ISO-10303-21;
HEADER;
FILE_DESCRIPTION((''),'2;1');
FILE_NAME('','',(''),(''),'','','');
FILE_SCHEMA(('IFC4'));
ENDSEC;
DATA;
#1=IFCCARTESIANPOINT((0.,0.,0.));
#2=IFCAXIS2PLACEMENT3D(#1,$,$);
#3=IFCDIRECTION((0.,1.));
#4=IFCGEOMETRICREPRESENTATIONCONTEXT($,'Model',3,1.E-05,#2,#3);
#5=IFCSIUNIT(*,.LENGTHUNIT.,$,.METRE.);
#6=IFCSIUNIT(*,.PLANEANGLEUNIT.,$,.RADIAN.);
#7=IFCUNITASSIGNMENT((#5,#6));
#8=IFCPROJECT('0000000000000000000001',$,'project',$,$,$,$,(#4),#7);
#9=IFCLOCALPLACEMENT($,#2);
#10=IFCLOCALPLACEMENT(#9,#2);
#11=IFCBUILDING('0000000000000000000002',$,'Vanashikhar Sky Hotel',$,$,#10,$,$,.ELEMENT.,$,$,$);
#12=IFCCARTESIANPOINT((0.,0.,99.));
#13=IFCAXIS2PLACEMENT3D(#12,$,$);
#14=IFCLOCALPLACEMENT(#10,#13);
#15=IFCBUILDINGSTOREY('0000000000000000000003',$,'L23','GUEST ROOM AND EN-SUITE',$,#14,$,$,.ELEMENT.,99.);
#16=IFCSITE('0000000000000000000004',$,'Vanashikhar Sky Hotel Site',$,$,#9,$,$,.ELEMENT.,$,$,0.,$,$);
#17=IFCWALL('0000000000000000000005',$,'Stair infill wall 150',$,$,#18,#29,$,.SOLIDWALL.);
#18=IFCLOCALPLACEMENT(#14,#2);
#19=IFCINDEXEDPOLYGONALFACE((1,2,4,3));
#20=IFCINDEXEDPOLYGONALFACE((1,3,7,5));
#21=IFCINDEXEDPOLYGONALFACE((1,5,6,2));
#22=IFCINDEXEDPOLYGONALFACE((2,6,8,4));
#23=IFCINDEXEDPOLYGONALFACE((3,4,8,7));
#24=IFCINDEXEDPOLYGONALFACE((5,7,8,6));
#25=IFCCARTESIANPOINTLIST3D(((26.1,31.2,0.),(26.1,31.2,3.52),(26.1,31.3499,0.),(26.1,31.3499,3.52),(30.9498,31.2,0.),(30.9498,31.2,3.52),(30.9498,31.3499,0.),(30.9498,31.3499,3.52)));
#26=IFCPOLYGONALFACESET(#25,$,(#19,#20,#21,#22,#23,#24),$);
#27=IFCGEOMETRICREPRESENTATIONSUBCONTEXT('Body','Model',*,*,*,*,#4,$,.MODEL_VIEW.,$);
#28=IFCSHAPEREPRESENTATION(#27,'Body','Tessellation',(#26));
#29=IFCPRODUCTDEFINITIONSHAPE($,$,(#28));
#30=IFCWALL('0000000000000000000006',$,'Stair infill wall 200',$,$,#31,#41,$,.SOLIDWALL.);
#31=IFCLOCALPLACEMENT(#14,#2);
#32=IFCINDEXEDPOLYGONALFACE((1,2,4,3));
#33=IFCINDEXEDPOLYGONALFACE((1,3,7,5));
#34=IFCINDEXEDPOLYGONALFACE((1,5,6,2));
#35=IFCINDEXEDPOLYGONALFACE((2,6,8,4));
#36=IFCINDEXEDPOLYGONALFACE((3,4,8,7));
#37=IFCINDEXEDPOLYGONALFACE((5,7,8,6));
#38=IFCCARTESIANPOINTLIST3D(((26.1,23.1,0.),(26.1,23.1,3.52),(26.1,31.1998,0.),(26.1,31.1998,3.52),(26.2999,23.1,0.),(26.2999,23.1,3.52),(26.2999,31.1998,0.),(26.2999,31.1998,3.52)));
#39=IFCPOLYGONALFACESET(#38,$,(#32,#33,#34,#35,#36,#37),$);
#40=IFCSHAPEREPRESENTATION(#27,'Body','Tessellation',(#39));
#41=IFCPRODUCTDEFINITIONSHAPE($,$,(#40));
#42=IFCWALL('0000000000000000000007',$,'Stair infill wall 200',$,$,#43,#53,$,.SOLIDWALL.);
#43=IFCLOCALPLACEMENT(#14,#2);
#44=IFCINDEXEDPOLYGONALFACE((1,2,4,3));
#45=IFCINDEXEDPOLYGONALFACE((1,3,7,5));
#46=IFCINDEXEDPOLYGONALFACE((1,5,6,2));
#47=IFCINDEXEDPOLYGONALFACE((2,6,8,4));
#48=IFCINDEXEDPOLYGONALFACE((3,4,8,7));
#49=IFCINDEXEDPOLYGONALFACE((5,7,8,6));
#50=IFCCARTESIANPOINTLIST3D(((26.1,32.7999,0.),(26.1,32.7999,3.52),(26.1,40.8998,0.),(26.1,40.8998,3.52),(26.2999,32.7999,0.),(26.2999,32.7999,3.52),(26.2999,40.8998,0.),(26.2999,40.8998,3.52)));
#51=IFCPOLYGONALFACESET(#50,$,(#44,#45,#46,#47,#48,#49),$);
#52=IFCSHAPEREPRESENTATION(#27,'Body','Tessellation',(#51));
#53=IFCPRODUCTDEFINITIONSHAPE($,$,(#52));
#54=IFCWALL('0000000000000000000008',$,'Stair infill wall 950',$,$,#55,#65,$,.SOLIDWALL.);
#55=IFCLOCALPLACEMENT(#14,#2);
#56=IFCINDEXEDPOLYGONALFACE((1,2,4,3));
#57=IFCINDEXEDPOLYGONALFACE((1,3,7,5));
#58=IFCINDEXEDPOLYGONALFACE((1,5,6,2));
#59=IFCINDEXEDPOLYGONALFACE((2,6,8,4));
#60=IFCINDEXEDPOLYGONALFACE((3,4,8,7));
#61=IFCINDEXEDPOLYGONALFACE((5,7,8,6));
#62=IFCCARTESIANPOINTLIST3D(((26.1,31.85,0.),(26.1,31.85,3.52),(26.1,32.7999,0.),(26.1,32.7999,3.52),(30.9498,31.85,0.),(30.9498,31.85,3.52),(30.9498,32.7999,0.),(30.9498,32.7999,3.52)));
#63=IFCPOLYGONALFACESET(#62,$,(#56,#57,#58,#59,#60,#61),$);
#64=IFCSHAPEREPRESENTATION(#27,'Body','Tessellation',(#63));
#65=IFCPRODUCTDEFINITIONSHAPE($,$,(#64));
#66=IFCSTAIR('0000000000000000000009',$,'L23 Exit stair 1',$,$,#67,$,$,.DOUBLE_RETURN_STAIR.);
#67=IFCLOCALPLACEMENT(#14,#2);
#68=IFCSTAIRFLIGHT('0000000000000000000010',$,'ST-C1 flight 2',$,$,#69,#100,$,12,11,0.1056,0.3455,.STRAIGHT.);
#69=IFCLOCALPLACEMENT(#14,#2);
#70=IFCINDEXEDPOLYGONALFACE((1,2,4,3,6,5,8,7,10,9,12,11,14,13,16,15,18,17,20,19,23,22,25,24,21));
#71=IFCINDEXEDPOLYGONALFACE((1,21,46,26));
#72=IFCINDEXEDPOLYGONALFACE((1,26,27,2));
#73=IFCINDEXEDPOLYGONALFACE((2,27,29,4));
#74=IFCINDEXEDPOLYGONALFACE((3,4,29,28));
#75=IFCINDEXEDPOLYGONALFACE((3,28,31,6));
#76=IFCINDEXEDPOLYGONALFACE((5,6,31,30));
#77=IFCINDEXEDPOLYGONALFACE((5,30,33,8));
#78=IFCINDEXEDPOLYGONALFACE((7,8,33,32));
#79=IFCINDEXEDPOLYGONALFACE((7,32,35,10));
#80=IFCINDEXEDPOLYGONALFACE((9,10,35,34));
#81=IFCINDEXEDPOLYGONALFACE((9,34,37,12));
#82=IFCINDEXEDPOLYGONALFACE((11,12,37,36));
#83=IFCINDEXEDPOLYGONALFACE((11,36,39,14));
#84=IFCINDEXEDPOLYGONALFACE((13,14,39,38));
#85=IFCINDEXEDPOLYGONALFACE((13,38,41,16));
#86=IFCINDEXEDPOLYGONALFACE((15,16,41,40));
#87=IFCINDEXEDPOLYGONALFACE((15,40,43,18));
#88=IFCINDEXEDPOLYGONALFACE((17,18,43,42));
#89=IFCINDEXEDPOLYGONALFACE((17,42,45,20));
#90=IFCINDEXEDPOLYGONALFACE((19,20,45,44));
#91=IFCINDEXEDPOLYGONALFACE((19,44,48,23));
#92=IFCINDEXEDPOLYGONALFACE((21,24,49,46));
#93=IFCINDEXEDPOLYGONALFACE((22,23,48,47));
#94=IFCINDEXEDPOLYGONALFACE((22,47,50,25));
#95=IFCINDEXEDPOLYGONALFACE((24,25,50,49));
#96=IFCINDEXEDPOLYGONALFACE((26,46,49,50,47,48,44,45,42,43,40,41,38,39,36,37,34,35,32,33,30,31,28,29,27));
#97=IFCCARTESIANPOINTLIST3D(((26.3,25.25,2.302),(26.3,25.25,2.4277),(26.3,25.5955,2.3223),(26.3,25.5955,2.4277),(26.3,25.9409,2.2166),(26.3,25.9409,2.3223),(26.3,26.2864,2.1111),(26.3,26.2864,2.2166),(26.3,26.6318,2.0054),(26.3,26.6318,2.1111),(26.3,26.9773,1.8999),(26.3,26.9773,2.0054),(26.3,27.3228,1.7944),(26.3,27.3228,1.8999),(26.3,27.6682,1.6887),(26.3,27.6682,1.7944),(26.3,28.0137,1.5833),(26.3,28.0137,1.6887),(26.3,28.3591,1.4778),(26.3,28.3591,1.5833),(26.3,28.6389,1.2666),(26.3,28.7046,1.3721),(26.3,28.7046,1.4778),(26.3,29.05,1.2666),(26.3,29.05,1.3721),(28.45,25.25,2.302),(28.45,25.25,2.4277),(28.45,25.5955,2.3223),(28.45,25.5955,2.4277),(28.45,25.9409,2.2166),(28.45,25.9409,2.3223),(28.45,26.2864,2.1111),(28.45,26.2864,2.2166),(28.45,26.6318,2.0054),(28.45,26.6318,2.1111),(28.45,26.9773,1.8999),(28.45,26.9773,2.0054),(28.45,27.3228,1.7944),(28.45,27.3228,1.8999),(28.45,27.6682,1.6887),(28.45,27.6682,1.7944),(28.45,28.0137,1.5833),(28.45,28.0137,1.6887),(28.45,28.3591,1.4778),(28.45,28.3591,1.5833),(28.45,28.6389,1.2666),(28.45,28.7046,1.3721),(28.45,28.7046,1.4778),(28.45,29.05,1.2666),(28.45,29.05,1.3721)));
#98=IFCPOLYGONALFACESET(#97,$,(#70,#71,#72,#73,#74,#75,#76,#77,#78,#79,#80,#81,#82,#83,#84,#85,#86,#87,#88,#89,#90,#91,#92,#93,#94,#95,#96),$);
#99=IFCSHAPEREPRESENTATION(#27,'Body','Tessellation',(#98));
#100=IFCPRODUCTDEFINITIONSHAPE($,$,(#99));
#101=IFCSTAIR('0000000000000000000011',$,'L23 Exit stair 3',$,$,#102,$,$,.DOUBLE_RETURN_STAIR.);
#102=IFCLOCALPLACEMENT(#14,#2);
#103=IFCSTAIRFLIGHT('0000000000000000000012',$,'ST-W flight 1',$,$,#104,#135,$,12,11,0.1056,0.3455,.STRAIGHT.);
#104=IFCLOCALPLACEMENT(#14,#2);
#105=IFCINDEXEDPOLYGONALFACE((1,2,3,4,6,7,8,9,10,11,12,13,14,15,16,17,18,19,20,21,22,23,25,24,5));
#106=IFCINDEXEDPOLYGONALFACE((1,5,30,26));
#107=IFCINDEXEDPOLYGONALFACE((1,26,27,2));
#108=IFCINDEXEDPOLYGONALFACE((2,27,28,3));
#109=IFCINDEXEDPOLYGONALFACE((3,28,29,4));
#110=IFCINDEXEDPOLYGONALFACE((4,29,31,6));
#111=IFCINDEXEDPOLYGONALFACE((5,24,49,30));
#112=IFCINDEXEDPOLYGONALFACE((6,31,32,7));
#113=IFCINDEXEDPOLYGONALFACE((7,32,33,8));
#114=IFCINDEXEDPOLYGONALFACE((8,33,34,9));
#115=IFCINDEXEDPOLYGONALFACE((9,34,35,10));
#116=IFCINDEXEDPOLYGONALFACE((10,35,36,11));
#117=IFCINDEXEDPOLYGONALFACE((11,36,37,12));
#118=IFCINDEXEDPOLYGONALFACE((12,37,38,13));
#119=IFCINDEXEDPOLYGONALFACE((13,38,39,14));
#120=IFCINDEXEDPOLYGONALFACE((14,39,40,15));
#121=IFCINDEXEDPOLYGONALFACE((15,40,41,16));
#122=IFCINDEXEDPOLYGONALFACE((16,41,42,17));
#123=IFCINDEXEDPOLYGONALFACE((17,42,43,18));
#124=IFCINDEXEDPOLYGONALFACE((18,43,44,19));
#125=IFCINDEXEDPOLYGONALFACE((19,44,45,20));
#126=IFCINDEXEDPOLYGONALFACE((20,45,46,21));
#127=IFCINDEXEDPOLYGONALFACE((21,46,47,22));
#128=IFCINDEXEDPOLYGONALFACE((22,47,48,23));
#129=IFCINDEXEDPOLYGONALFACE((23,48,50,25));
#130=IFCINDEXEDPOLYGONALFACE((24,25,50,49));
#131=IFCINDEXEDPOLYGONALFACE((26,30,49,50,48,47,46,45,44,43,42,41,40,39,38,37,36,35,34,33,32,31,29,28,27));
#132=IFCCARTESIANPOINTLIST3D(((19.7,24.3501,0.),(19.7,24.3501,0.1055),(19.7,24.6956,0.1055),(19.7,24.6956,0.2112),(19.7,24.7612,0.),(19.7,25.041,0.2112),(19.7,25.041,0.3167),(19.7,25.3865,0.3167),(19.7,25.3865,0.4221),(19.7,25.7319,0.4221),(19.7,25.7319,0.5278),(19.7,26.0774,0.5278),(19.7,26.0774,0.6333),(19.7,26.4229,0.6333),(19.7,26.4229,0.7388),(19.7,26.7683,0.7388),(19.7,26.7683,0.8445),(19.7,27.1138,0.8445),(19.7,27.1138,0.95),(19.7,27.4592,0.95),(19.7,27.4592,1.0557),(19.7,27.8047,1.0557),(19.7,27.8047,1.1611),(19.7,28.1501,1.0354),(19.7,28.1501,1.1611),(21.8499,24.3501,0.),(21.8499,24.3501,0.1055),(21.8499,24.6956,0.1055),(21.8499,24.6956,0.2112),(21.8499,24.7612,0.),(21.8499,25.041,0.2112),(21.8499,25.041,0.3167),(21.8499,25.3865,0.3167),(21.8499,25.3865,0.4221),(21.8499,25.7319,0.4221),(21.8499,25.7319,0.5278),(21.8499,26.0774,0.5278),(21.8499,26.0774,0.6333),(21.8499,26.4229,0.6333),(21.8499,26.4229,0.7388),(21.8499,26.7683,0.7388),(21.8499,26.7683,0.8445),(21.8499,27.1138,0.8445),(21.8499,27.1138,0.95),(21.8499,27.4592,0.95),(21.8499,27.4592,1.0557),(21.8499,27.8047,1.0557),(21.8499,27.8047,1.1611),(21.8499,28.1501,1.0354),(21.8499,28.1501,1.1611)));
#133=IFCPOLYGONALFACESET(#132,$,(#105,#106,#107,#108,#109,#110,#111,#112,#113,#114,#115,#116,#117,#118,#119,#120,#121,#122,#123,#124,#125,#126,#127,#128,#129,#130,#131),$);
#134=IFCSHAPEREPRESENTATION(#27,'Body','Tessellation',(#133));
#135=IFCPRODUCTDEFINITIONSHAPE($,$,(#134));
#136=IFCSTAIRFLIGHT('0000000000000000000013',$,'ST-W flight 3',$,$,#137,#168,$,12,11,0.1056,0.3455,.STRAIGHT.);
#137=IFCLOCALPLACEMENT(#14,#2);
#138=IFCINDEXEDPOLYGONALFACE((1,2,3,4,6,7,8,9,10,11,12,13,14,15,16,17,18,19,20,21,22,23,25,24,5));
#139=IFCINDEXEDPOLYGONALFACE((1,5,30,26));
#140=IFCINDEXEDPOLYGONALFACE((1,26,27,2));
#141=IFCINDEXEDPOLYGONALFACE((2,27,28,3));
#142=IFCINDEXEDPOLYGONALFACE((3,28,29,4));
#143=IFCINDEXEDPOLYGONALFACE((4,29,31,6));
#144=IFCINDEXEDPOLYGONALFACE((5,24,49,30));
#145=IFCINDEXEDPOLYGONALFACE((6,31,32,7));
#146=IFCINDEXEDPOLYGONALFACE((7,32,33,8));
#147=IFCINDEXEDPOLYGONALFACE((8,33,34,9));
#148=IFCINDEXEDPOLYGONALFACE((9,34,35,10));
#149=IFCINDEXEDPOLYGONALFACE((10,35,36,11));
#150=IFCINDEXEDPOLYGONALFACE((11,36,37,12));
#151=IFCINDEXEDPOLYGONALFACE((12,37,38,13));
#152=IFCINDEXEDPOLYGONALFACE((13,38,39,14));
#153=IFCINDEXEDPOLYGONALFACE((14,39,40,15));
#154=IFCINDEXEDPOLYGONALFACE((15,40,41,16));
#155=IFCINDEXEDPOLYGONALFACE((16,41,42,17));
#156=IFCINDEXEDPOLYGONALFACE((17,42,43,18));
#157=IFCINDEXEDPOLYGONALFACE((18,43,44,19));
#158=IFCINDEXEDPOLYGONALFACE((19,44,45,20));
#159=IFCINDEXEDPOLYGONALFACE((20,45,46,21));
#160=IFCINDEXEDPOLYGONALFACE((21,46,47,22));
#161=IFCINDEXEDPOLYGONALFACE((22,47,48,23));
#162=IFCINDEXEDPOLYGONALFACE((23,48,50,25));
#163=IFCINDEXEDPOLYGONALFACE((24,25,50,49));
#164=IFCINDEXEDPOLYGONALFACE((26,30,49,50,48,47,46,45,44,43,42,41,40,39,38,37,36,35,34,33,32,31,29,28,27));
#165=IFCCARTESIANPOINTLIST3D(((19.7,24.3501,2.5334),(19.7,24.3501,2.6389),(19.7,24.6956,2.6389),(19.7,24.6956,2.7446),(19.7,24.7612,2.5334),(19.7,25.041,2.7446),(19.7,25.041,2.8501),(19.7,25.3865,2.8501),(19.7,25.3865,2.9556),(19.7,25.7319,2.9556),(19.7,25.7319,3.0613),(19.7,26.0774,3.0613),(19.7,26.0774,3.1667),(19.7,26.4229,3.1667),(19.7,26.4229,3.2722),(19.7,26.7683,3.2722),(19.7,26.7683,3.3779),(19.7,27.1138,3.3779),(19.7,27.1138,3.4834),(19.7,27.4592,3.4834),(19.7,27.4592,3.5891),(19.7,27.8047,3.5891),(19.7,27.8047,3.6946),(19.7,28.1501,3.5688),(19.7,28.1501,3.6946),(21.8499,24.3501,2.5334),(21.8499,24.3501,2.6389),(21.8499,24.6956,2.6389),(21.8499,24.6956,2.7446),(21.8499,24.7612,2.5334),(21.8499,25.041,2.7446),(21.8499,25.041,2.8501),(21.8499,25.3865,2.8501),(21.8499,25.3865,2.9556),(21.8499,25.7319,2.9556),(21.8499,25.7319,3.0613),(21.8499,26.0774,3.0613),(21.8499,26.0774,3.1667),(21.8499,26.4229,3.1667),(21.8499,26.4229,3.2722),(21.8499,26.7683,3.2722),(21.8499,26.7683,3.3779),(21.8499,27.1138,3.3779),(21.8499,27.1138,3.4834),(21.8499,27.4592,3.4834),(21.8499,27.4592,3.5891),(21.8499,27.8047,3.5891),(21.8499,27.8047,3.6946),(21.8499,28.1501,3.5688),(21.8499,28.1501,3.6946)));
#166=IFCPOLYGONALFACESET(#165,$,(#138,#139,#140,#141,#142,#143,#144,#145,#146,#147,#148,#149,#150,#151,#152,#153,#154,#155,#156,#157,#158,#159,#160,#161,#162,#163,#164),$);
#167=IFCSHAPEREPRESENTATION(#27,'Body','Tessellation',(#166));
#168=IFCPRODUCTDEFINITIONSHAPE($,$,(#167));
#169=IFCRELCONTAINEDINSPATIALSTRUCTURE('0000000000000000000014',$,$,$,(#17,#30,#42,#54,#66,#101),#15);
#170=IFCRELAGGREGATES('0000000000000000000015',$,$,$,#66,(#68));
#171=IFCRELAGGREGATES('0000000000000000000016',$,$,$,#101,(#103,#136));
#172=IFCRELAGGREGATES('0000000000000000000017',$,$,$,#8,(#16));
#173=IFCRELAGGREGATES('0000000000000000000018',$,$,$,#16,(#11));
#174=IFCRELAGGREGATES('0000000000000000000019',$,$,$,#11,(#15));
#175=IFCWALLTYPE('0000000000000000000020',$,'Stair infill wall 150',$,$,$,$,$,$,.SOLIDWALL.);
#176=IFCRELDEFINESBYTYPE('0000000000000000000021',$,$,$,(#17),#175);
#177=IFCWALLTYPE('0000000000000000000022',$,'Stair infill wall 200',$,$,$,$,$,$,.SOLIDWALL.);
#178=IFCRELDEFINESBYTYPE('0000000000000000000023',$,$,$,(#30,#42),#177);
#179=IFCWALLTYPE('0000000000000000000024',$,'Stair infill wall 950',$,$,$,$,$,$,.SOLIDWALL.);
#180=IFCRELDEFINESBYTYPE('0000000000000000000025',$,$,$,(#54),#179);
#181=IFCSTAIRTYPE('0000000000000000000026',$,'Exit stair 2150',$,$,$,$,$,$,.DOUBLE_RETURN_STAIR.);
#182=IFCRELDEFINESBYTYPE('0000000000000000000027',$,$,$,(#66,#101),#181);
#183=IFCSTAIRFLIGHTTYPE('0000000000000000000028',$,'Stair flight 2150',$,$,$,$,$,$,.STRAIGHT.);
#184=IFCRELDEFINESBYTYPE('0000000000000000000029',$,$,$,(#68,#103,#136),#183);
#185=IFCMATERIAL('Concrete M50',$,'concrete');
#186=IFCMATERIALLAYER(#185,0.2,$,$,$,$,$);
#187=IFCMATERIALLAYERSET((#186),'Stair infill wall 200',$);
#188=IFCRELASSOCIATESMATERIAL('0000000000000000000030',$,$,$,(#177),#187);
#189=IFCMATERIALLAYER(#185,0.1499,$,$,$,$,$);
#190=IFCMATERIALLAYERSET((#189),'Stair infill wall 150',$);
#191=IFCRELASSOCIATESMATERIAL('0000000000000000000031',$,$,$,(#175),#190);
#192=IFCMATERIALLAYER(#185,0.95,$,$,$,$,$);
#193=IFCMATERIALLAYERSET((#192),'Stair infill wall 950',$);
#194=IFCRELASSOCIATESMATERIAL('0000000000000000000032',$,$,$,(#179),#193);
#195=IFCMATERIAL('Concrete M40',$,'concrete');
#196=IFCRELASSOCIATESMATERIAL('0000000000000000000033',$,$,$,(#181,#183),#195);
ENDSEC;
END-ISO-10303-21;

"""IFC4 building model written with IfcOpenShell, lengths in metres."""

from ifc_helpers import new_model, si_unit, direction, frame, frame_2d, origin, place, context, subcontext, project, spatial, polyline, rectangle, outline, extrude, source, transform, mapped, material, layer, layer_set, type_object, element, aggregate, save


model = new_model("IFC4")

# Units and contexts
model_context = context("Model", 3, precision=1e-05, world=origin(), true_north=direction((0.0, 1.0)))
body_context = subcontext(model_context, "Body", "Model", "MODEL_VIEW")
ifc_project = project(units=[si_unit("LENGTHUNIT", "METRE"), si_unit("PLANEANGLEUNIT", "RADIAN")], contexts=[model_context])

# Site, building, storey
site_placement = place(None, origin())
site = spatial("IfcSite", under=ifc_project, at=site_placement, Name="Vanashikhar Sky Hotel Site", CompositionType="ELEMENT", RefElevation=0.0)
building_placement = place(site_placement, origin())
building = spatial("IfcBuilding", under=site, at=building_placement, Name="Vanashikhar Sky Hotel", CompositionType="ELEMENT")
storey_placement = place(building_placement, frame((0.0, 0.0, 99.0)))
storey = spatial("IfcBuildingStorey", under=building, at=storey_placement, Name="L23", Description="GUEST ROOM AND EN-SUITE", CompositionType="ELEMENT", Elevation=99.0)

# Shared definitions
ifc_material_1 = material(Name="Concrete M50", Category="concrete")

# Walls
ifc_layer_1 = layer(ifc_material_1, 0.2)
ifc_layer_set_1 = layer_set([ifc_layer_1], Name="Stair infill wall 200")
wall_type_1 = type_object("IfcWallType", Name="Stair infill wall 200", PredefinedType="SOLIDWALL", material=ifc_layer_set_1)
ifc_layer_2 = layer(ifc_material_1, 0.1499)
ifc_layer_set_2 = layer_set([ifc_layer_2], Name="Stair infill wall 150")
wall_type_2 = type_object("IfcWallType", Name="Stair infill wall 150", PredefinedType="SOLIDWALL", material=ifc_layer_set_2)
shared_shape_1 = source(origin(), body_context, "Body", "SweptSolid", [
    extrude(rectangle(XDim=4.8499, YDim=0.1499, at=frame_2d((2.4248, 0.0))), origin(), (0.0, 0.0, 1.0), 3.52),
])
wall_1_placement = place(storey_placement, frame((26.1001, 31.2749, 0.0), z_axis=(0.0, 0.0, 1.0), x_axis=(1.0, 0.0, 0.0)))
element("IfcWall", 1, at=wall_1_placement, inside=storey, type_object=wall_type_2, Name="Stair infill wall 150", PredefinedType="SOLIDWALL", context=body_context, shape_type="MappedRepresentation", body=[
    mapped(shared_shape_1, transform((0.0, 0.0, 0.0), scale=1.0)),
])
shared_shape_2 = source(origin(), body_context, "Body", "SweptSolid", [
    extrude(rectangle(XDim=8.0999, YDim=0.2, at=frame_2d((4.0498, 0.0))), origin(), (0.0, 0.0, 1.0), 3.52),
])
for number, where, z_axis, x_axis, name in (
    (2, (26.2, 23.1001, 0.0), (0.0, 0.0, 1.0), (0.0, 1.0, 0.0), "Stair infill wall 200"),
    (3, (26.2, 32.8, 0.0), (0.0, 0.0, 1.0), (0.0, 1.0, 0.0), "Stair infill wall 200"),
):
    element("IfcWall", number, at=place(storey_placement, frame(where, z_axis=z_axis, x_axis=x_axis)), inside=storey, type_object=wall_type_1, Name=name, PredefinedType="SOLIDWALL", context=body_context, shape_type="MappedRepresentation", body=[
        mapped(shared_shape_2, transform((0.0, 0.0, 0.0), scale=1.0)),
    ])
ifc_layer_3 = layer(ifc_material_1, 0.95)
ifc_layer_set_3 = layer_set([ifc_layer_3], Name="Stair infill wall 950")
wall_type_3 = type_object("IfcWallType", Name="Stair infill wall 950", PredefinedType="SOLIDWALL", material=ifc_layer_set_3)
shared_shape_3 = source(origin(), body_context, "Body", "SweptSolid", [
    extrude(rectangle(XDim=4.8499, YDim=0.95, at=frame_2d((2.4248, 0.0))), origin(), (0.0, 0.0, 1.0), 3.52),
])
wall_2_placement = place(storey_placement, frame((26.1001, 32.325, 0.0), z_axis=(0.0, 0.0, 1.0), x_axis=(1.0, 0.0, 0.0)))
element("IfcWall", 4, at=wall_2_placement, inside=storey, type_object=wall_type_3, Name="Stair infill wall 950", PredefinedType="SOLIDWALL", context=body_context, shape_type="MappedRepresentation", body=[
    mapped(shared_shape_3, transform((0.0, 0.0, 0.0), scale=1.0)),
])

# Stair, stair flight
ifc_material_2 = material(Name="Concrete M40", Category="concrete")
stair_type = type_object("IfcStairType", Name="Exit stair 2150", PredefinedType="DOUBLE_RETURN_STAIR", material=ifc_material_2)
stair_1_placement = place(storey_placement, origin())
stair_1 = element("IfcStair", 5, at=stair_1_placement, inside=storey, type_object=stair_type, Name="L23 Exit stair 1", PredefinedType="DOUBLE_RETURN_STAIR")
stair_flight_type = type_object("IfcStairFlightType", Name="Stair flight 2150", PredefinedType="STRAIGHT", material=ifc_material_2)
shared_shape_4 = source(origin(), body_context, "Body", "SweptSolid", [
    extrude(outline(polyline([(0.0, 0.0), (0.0, 0.1055), (0.3455, 0.1055), (0.3455, 0.2112), (0.6909, 0.2112), (0.6909, 0.3167), (1.0364, 0.3167), (1.0364, 0.4221), (1.3818, 0.4221), (1.3818, 0.5278), (1.7273, 0.5278), (1.7273, 0.6333), (2.0728, 0.6333), (2.0728, 0.7388), (2.4182, 0.7388), (2.4182, 0.8445), (2.7637, 0.8445), (2.7637, 0.95), (3.1091, 0.95), (3.1091, 1.0557), (3.4546, 1.0557), (3.4546, 1.1611), (3.8, 1.1611), (3.8, 1.2666), (3.8, 1.0354), (0.4111, 0.0), (0.0, 0.0)])), frame((0.0, 1.075, 0.0), z_axis=(0.0, -1.0, 0.0), x_axis=(1.0, 0.0, 0.0)), (0.0, 0.0, 1.0), 2.1499),
])
stair_flight_1_placement = place(storey_placement, frame((27.375, 29.05, 1.2666), z_axis=(0.0, 0.0, 1.0), x_axis=(0.0, -1.0, 0.0)))
stair_flight_1 = element("IfcStairFlight", 6, at=stair_flight_1_placement, type_object=stair_flight_type, Name="ST-C1 flight 2", NumberOfRisers=12, NumberOfTreads=11, PredefinedType="STRAIGHT", RiserHeight=0.1056, TreadLength=0.3455, context=body_context, shape_type="MappedRepresentation", body=[
    mapped(shared_shape_4, transform((0.0, 0.0, 0.0), scale=1.0)),
])
aggregate(stair_1, [stair_flight_1])

# Stair, stair flights
stair_2_placement = place(storey_placement, origin())
stair_2 = element("IfcStair", 7, at=stair_2_placement, inside=storey, type_object=stair_type, Name="L23 Exit stair 3", PredefinedType="DOUBLE_RETURN_STAIR")
stair_flight_2_placement = place(storey_placement, frame((20.7749, 24.3501, 0.0), z_axis=(0.0, 0.0, 1.0), x_axis=(0.0, 1.0, 0.0)))
stair_flight_2 = element("IfcStairFlight", 8, at=stair_flight_2_placement, type_object=stair_flight_type, Name="ST-W flight 1", NumberOfRisers=12, NumberOfTreads=11, PredefinedType="STRAIGHT", RiserHeight=0.1056, TreadLength=0.3455, context=body_context, shape_type="MappedRepresentation", body=[
    mapped(shared_shape_4, transform((0.0, 0.0, 0.0), scale=1.0)),
])
stair_flight_3_placement = place(storey_placement, frame((20.7749, 24.3501, 2.5334), z_axis=(0.0, 0.0, 1.0), x_axis=(0.0, 1.0, 0.0)))
stair_flight_3 = element("IfcStairFlight", 9, at=stair_flight_3_placement, type_object=stair_flight_type, Name="ST-W flight 3", NumberOfRisers=12, NumberOfTreads=11, PredefinedType="STRAIGHT", RiserHeight=0.1056, TreadLength=0.3455, context=body_context, shape_type="MappedRepresentation", body=[
    mapped(shared_shape_4, transform((0.0, 0.0, 0.0), scale=1.0)),
])
aggregate(stair_2, [stair_flight_2, stair_flight_3])

save(model, "model.ifc")
